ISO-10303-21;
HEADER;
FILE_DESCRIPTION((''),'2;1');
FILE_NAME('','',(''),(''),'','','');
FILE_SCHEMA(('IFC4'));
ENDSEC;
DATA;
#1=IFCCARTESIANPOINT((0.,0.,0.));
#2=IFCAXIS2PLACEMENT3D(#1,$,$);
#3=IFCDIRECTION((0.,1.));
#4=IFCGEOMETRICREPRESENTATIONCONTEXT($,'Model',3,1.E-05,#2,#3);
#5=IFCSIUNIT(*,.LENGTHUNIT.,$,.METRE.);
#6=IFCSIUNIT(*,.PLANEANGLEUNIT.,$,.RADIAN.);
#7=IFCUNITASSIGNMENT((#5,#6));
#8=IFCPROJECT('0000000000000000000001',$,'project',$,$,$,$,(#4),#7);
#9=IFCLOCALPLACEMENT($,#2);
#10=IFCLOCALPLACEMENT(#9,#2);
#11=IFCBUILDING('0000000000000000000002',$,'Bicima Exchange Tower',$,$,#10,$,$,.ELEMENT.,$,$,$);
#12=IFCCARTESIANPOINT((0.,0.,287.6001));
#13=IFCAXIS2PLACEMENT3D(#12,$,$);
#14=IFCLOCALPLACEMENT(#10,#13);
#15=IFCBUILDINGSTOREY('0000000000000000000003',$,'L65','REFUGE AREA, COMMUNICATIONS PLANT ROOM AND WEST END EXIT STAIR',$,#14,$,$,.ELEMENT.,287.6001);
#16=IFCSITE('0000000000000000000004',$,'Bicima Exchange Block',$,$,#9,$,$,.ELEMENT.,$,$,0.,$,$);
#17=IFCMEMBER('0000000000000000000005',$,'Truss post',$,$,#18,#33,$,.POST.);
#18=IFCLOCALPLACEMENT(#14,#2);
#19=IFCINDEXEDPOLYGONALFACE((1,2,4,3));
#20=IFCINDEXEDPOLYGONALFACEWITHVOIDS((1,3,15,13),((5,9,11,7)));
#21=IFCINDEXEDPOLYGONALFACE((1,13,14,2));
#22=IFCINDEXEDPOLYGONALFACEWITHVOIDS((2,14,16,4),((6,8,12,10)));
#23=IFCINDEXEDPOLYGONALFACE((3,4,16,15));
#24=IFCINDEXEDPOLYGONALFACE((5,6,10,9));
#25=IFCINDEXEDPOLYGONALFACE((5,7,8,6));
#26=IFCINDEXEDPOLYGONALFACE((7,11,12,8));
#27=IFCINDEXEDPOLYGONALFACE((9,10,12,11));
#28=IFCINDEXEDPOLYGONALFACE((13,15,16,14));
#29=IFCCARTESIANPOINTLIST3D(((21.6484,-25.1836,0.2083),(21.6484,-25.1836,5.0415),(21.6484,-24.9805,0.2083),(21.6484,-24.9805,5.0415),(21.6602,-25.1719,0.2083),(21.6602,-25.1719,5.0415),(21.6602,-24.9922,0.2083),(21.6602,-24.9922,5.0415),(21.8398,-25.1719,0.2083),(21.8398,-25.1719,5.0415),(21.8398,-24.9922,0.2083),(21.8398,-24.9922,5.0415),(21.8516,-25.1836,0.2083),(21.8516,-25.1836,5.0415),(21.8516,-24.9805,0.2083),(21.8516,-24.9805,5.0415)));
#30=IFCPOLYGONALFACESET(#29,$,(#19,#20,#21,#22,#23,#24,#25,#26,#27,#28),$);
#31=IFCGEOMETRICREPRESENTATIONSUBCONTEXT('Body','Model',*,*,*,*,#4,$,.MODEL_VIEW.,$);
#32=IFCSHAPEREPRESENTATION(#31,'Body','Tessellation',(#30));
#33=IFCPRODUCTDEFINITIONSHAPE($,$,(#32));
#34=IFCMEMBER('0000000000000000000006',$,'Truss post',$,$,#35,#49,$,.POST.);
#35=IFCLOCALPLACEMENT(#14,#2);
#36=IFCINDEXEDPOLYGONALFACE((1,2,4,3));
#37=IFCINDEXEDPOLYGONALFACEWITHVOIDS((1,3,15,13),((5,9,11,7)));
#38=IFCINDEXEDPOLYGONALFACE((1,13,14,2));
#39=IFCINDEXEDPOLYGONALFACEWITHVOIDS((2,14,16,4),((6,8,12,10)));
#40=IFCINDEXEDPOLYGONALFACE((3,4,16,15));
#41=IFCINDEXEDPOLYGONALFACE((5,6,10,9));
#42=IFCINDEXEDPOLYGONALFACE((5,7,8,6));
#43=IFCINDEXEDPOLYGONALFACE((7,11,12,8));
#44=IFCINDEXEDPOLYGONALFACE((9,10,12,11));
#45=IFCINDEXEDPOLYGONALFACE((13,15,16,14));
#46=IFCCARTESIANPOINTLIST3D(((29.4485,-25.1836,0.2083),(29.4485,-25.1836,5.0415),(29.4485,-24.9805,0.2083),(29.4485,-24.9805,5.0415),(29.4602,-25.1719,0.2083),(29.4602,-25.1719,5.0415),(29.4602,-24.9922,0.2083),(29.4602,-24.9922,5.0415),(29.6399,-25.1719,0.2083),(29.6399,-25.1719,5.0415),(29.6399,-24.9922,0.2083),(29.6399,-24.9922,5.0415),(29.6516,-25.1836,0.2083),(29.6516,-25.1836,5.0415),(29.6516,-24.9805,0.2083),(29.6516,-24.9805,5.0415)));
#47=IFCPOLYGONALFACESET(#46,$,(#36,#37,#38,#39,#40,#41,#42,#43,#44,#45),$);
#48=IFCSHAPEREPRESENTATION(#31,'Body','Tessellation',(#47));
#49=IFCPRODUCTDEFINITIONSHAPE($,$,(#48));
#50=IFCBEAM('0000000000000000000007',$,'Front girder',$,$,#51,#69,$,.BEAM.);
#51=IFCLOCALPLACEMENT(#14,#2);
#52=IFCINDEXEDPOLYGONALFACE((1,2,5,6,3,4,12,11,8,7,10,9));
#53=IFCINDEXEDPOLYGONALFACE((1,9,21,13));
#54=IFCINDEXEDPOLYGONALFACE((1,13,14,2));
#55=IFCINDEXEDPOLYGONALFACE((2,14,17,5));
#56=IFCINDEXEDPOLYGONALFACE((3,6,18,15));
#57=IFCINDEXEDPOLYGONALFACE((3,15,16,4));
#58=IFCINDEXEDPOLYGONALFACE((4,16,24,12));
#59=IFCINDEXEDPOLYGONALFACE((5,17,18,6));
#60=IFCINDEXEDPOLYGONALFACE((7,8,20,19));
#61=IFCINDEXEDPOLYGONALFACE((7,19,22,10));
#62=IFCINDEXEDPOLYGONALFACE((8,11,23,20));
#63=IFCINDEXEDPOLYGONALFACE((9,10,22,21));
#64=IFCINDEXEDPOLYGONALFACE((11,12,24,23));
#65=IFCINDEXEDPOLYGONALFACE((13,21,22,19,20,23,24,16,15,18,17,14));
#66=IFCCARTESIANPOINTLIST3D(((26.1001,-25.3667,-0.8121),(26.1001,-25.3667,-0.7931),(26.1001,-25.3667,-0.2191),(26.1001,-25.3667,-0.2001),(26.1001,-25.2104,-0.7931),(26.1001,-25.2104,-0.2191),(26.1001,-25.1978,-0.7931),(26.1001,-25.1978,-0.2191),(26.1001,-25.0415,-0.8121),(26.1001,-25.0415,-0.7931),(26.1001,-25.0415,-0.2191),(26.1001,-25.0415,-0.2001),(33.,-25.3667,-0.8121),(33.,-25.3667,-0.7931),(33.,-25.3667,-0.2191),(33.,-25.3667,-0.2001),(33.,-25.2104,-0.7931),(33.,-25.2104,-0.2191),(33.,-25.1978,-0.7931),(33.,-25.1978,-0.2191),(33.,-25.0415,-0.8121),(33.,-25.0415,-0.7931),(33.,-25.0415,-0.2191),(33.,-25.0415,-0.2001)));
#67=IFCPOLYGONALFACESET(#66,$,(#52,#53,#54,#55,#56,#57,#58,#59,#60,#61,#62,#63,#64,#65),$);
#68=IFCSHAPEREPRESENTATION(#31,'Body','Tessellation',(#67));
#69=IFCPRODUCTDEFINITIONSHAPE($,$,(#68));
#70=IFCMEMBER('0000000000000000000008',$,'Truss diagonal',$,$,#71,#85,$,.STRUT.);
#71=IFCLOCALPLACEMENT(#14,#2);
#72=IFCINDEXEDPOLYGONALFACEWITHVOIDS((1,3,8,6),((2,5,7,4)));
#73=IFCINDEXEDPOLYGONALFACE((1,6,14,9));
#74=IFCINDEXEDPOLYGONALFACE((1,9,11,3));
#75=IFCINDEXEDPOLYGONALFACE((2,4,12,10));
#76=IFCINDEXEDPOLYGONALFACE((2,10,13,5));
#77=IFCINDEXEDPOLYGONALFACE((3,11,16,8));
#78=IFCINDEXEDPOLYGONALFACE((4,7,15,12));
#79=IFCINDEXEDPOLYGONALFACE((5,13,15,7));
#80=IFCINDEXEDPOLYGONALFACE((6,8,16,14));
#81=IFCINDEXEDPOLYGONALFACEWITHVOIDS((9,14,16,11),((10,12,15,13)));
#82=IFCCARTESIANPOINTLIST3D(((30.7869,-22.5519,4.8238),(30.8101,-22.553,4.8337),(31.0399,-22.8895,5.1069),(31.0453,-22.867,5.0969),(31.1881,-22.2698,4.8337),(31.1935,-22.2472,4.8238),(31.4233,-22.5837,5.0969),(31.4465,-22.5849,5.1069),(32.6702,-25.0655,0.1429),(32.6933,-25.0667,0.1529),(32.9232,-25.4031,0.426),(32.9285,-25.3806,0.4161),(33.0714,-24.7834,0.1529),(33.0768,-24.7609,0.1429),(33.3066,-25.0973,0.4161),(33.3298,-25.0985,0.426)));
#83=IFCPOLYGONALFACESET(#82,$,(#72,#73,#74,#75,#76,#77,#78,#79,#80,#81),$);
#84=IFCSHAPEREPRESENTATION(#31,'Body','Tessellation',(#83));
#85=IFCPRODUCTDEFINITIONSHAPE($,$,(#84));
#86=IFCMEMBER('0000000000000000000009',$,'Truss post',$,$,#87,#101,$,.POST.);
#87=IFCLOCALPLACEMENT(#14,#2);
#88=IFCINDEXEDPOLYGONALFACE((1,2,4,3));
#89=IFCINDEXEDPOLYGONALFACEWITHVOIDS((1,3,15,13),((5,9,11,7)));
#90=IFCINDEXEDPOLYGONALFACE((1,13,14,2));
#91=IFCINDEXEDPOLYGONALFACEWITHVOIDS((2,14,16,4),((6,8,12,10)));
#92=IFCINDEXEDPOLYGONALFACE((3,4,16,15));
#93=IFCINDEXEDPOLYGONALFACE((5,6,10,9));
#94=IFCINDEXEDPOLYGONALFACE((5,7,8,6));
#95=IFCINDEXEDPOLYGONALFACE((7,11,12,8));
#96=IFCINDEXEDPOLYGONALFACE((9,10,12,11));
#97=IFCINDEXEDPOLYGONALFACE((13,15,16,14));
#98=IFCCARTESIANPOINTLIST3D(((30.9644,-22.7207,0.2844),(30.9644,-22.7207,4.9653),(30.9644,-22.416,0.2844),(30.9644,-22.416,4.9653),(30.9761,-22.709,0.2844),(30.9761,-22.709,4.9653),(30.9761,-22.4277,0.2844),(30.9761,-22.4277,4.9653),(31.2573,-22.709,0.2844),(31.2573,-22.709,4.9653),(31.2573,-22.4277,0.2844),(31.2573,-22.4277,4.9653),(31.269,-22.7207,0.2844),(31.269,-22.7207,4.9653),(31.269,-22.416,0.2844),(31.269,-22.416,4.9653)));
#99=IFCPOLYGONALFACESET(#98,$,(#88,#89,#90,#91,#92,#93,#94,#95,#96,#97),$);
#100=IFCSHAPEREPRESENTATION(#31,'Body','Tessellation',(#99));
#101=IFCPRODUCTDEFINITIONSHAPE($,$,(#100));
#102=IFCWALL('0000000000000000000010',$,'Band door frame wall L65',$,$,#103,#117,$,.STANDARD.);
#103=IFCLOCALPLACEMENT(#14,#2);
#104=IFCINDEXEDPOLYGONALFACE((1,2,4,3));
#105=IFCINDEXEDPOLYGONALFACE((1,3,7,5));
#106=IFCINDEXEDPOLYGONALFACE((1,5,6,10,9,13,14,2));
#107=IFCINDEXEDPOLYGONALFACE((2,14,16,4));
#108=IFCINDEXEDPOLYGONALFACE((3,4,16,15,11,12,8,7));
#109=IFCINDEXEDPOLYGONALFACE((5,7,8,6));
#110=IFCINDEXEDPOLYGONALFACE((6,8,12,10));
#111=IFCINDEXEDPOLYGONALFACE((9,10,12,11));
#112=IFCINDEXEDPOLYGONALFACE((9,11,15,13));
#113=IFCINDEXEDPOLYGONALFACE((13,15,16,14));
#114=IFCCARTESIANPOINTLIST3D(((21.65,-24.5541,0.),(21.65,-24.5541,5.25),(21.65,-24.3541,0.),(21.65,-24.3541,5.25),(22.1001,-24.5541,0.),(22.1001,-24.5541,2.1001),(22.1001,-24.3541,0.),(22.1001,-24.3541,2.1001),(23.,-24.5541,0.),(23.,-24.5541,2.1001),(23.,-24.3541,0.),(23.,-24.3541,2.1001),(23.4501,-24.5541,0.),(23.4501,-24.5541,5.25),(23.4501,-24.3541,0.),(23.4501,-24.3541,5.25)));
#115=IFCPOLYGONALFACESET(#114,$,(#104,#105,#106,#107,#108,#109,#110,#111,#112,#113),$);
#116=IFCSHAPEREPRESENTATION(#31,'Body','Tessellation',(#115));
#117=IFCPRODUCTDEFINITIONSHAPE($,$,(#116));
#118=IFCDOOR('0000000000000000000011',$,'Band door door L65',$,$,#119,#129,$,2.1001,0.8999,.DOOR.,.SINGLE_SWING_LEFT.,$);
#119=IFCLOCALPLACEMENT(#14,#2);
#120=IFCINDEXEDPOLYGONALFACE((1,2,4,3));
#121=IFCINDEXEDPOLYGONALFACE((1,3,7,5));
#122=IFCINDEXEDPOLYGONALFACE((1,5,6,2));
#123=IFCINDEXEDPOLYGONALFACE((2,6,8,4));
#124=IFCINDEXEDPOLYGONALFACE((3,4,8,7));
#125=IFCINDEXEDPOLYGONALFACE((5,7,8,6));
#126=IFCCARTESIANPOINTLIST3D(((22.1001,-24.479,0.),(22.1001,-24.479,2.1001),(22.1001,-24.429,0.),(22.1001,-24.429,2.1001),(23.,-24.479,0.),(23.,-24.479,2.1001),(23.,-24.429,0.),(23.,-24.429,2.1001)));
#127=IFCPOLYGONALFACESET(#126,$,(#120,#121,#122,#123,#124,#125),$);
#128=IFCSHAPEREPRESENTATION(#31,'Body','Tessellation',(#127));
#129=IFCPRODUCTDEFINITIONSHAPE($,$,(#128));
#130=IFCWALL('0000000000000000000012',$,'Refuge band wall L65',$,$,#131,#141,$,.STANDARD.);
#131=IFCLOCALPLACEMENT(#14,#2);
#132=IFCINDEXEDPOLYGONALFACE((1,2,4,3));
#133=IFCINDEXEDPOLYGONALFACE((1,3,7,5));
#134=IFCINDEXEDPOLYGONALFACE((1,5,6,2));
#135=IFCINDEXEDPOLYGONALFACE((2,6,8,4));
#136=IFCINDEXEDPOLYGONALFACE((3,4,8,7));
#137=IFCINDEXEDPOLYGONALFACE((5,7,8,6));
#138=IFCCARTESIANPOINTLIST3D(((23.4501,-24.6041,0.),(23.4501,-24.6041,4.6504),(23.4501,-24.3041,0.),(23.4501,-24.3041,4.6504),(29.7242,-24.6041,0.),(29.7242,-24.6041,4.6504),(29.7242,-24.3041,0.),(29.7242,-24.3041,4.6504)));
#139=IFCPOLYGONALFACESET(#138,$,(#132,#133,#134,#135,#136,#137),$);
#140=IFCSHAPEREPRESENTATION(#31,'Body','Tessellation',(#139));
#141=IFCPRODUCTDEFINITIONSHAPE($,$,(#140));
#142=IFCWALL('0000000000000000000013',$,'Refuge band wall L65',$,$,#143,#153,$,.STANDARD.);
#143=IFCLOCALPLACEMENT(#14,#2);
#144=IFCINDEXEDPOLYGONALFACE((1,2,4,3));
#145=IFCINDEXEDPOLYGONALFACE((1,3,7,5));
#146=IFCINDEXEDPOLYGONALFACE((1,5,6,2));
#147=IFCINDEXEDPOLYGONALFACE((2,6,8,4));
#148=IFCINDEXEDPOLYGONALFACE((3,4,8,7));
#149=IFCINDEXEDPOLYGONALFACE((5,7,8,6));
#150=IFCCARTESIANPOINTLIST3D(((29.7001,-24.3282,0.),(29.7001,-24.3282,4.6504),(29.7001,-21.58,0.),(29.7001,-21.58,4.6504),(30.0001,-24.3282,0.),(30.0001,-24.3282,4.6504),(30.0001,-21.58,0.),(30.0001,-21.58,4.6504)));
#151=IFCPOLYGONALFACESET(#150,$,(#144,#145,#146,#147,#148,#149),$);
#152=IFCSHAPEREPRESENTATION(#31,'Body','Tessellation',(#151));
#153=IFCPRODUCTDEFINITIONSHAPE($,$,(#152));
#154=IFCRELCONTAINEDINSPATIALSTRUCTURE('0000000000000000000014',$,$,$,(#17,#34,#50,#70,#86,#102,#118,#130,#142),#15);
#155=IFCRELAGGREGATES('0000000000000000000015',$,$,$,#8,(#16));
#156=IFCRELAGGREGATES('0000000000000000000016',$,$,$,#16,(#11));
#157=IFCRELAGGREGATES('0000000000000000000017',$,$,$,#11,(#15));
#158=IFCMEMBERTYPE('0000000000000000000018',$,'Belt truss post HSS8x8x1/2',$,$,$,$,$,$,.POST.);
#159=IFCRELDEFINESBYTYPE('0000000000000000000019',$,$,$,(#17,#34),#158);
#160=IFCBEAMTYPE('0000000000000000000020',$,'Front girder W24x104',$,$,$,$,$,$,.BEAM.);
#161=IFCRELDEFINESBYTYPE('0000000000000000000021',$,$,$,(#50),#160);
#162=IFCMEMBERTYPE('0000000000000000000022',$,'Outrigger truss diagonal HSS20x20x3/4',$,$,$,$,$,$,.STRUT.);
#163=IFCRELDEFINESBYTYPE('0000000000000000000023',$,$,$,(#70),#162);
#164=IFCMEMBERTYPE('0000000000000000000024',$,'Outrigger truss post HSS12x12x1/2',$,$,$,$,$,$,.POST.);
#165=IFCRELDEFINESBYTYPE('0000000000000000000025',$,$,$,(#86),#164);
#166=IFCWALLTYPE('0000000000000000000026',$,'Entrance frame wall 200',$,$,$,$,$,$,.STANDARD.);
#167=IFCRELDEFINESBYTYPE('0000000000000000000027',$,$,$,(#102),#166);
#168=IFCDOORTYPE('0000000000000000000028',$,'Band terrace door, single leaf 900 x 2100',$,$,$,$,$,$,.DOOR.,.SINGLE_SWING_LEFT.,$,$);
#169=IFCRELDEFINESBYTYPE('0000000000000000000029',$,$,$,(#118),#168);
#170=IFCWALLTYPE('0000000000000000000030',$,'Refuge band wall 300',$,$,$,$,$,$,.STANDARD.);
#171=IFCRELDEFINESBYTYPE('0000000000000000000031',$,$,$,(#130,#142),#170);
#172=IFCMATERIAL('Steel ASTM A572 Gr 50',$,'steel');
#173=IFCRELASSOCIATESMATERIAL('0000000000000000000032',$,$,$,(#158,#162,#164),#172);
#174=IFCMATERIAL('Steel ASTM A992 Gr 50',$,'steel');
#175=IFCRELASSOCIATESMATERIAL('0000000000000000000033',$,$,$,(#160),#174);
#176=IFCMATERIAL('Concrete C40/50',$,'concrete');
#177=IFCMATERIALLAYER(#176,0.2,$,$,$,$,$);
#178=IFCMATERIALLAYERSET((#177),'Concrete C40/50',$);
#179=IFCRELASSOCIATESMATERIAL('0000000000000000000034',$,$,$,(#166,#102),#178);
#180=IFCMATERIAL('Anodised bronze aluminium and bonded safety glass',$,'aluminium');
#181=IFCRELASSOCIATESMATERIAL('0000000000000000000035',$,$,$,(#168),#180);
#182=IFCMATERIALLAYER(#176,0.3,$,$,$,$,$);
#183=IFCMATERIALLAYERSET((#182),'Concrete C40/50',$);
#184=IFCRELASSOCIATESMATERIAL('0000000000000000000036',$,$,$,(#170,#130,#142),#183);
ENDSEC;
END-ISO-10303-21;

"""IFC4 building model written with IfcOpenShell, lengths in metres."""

from ifc_helpers import new_model, si_unit, direction, frame, frame_2d, origin, origin_2d, place, context, subcontext, project, spatial, rectangle, hollow_rectangle, i_section, extrude, material, layer, layer_set, layer_usage, material_profile, profile_set, type_object, element, fill, save


model = new_model("IFC4")

# Units and contexts
model_context = context("Model", 3, precision=1e-05, world=origin(), true_north=direction((0.0, 1.0)))
body_context = subcontext(model_context, "Body", "Model", "MODEL_VIEW")
ifc_project = project(units=[si_unit("LENGTHUNIT", "METRE"), si_unit("PLANEANGLEUNIT", "RADIAN")], contexts=[model_context])

# Site, building, storey
site_placement = place(None, origin())
site = spatial("IfcSite", under=ifc_project, at=site_placement, Name="Bicima Exchange Block", CompositionType="ELEMENT", RefElevation=0.0)
building_placement = place(site_placement, origin())
building = spatial("IfcBuilding", under=site, at=building_placement, Name="Bicima Exchange Tower", CompositionType="ELEMENT")
storey_placement = place(building_placement, frame((0.0, 0.0, 287.6001)))
storey = spatial("IfcBuildingStorey", under=building, at=storey_placement, Name="L65", Description="REFUGE AREA, COMMUNICATIONS PLANT ROOM AND WEST END EXIT STAIR", CompositionType="ELEMENT", Elevation=287.6001)

# Shared definitions
ifc_material_1 = material(Name="Steel ASTM A992 Gr 50", Category="steel")

# Members
ifc_material_2 = material(Name="Steel ASTM A572 Gr 50", Category="steel")
ifc_material_profile_1 = material_profile(ifc_material_2, hollow_rectangle(XDim=0.2031, YDim=0.2031, WallThickness=0.0117, at=origin_2d()))
ifc_profile_set_1 = profile_set([ifc_material_profile_1], Name="Steel ASTM A572 Gr 50")
member_type_1 = type_object("IfcMemberType", Name="Belt truss post HSS8x8x1/2", PredefinedType="POST", material=ifc_profile_set_1)
for number, where, z_axis, x_axis, name in (
    (1, (21.75, -25.082, 0.2083), (0.0, 0.0, 1.0), (1.0, 0.0, 0.0), "Truss post"),
    (2, (29.55, -25.082, 0.2083), (0.0, 0.0, 1.0), (1.0, 0.0, 0.0), "Truss post"),
):
    element("IfcMember", number, at=place(storey_placement, frame(where, z_axis=z_axis, x_axis=x_axis)), inside=storey, type_object=member_type_1, Name=name, PredefinedType="POST", context=body_context, shape_type="SweptSolid", body=[
        extrude(hollow_rectangle(XDim=0.2031, YDim=0.2031, WallThickness=0.0117, at=origin_2d()), origin(), (0.0, 0.0, 1.0), 4.8333),
    ])

# Beam
ifc_material_profile_2 = material_profile(ifc_material_1, i_section(OverallWidth=0.3252, OverallDepth=0.6121, WebThickness=0.0127, FlangeThickness=0.019, at=origin_2d()))
ifc_profile_set_2 = profile_set([ifc_material_profile_2], Name="Steel ASTM A992 Gr 50")
beam_type = type_object("IfcBeamType", Name="Front girder W24x104", PredefinedType="BEAM", material=ifc_profile_set_2)
beam_placement = place(storey_placement, frame((26.1001, -25.2041, -0.5061), z_axis=(1.0, 0.0, 0.0), x_axis=(0.0, 1.0, 0.0)))
element("IfcBeam", 3, at=beam_placement, inside=storey, type_object=beam_type, Name="Front girder", PredefinedType="BEAM", context=body_context, shape_type="SweptSolid", body=[
    extrude(i_section(OverallWidth=0.3252, OverallDepth=0.6121, WebThickness=0.0127, FlangeThickness=0.019, at=origin_2d()), origin(), (0.0, 0.0, 1.0), 6.8999),
])

# Members
ifc_material_profile_3 = material_profile(ifc_material_2, hollow_rectangle(XDim=0.5081, YDim=0.5081, WallThickness=0.0178, at=origin_2d()))
ifc_profile_set_3 = profile_set([ifc_material_profile_3], Name="Steel ASTM A572 Gr 50")
member_type_2 = type_object("IfcMemberType", Name="Outrigger truss diagonal HSS20x20x3/4", PredefinedType="STRUT", material=ifc_profile_set_3)
member_1_placement = place(storey_placement, frame((31.1167, -22.5684, 4.9653), z_axis=(0.334094, -0.44592, -0.830383), x_axis=(0.800298, 0.599602, 0.0)))
element("IfcMember", 4, at=member_1_placement, inside=storey, type_object=member_type_2, Name="Truss diagonal", PredefinedType="STRUT", context=body_context, shape_type="SweptSolid", body=[
    extrude(hollow_rectangle(XDim=0.5081, YDim=0.5081, WallThickness=0.0178, at=origin_2d()), origin(), (0.0, 0.0, 1.0), 5.637),
])
ifc_material_profile_4 = material_profile(ifc_material_2, hollow_rectangle(XDim=0.3047, YDim=0.3047, WallThickness=0.0117, at=origin_2d()))
ifc_profile_set_4 = profile_set([ifc_material_profile_4], Name="Steel ASTM A572 Gr 50")
member_type_3 = type_object("IfcMemberType", Name="Outrigger truss post HSS12x12x1/2", PredefinedType="POST", material=ifc_profile_set_4)
member_2_placement = place(storey_placement, frame((31.1167, -22.5684, 0.2844), z_axis=(0.0, 0.0, 1.0), x_axis=(1.0, 0.0, 0.0)))
element("IfcMember", 5, at=member_2_placement, inside=storey, type_object=member_type_3, Name="Truss post", PredefinedType="POST", context=body_context, shape_type="SweptSolid", body=[
    extrude(hollow_rectangle(XDim=0.3047, YDim=0.3047, WallThickness=0.0117, at=origin_2d()), origin(), (0.0, 0.0, 1.0), 4.6809),
])

# Wall, opening, door
ifc_material_3 = material(Name="Concrete C40/50", Category="concrete")
ifc_layer_1 = layer(ifc_material_3, 0.2)
ifc_layer_set_1 = layer_set([ifc_layer_1], Name="Concrete C40/50")
ifc_layer_usage_1 = layer_usage(ifc_layer_set_1, "AXIS2", "POSITIVE", -0.1)
wall_type_1 = type_object("IfcWallType", Name="Entrance frame wall 200", PredefinedType="STANDARD", material=ifc_layer_set_1)
wall_1_placement = place(storey_placement, frame((23.45, -24.4541, 0.0), z_axis=(0.0, 0.0, 1.0), x_axis=(-1.0, 0.0, 0.0)))
wall_1 = element("IfcWall", 6, at=wall_1_placement, inside=storey, type_object=wall_type_1, material=ifc_layer_usage_1, Name="Band door frame wall L65", PredefinedType="STANDARD", context=body_context, shape_type="SweptSolid", body=[
    extrude(rectangle(XDim=1.8, YDim=0.2, at=frame_2d((0.8999, 0.0))), origin(), (0.0, 0.0, 1.0), 5.25),
])
opening_placement = place(wall_1_placement, frame((0.45, 0.0, 0.0)))
opening = element("IfcOpeningElement", 7, at=opening_placement, cuts=wall_1, PredefinedType="OPENING", context=body_context, shape_type="SweptSolid", body=[
    extrude(rectangle(XDim=0.8999, YDim=2.1001, at=frame_2d((0.45, 1.05))), frame((0.0, 0.1118, 0.0), z_axis=(0.0, -1.0, 0.0), x_axis=(1.0, 0.0, 0.0)), (0.0, 0.0, 1.0), 0.2239),
])
ifc_material_4 = material(Name="Anodised bronze aluminium and bonded safety glass", Category="aluminium")
door_type = type_object("IfcDoorType", Name="Band terrace door, single leaf 900 x 2100", OperationType="SINGLE_SWING_LEFT", PredefinedType="DOOR", material=ifc_material_4)
door_placement = place(opening_placement, origin())
door = element("IfcDoor", 8, at=door_placement, inside=storey, type_object=door_type, Name="Band door door L65", OperationType="SINGLE_SWING_LEFT", OverallHeight=2.1001, OverallWidth=0.8999, PredefinedType="DOOR", context=body_context, shape_type="SweptSolid", body=[
    extrude(rectangle(XDim=0.8999, YDim=2.1001, at=frame_2d((0.45, 1.05))), frame((0.0, 0.0249, 0.0), z_axis=(0.0, -1.0, 0.0), x_axis=(1.0, 0.0, 0.0)), (0.0, 0.0, 1.0), 0.05),
])
fill(opening, door)

# Walls
ifc_layer_2 = layer(ifc_material_3, 0.3)
ifc_layer_set_2 = layer_set([ifc_layer_2], Name="Concrete C40/50")
ifc_layer_usage_2 = layer_usage(ifc_layer_set_2, "AXIS2", "POSITIVE", -0.15)
wall_type_2 = type_object("IfcWallType", Name="Refuge band wall 300", PredefinedType="STANDARD", material=ifc_layer_set_2)
wall_2_placement = place(storey_placement, frame((23.45, -24.4541, 0.0), z_axis=(0.0, 0.0, 1.0), x_axis=(1.0, 0.0, 0.0)))
element("IfcWall", 9, at=wall_2_placement, inside=storey, type_object=wall_type_2, material=ifc_layer_usage_2, Name="Refuge band wall L65", PredefinedType="STANDARD", context=body_context, shape_type="SweptSolid", body=[
    extrude(rectangle(XDim=6.2742, YDim=0.3, at=frame_2d((3.1372, 0.0))), origin(), (0.0, 0.0, 1.0), 4.6504),
])
wall_3_placement = place(storey_placement, frame((29.8501, -24.3281, 0.0), z_axis=(0.0, 0.0, 1.0), x_axis=(0.0, 1.0, 0.0)))
element("IfcWall", 10, at=wall_3_placement, inside=storey, type_object=wall_type_2, material=ifc_layer_usage_2, Name="Refuge band wall L65", PredefinedType="STANDARD", context=body_context, shape_type="SweptSolid", body=[
    extrude(rectangle(XDim=2.7483, YDim=0.3, at=frame_2d((1.374, 0.0))), origin(), (0.0, 0.0, 1.0), 4.6504),
])

save(model, "model.ifc")
